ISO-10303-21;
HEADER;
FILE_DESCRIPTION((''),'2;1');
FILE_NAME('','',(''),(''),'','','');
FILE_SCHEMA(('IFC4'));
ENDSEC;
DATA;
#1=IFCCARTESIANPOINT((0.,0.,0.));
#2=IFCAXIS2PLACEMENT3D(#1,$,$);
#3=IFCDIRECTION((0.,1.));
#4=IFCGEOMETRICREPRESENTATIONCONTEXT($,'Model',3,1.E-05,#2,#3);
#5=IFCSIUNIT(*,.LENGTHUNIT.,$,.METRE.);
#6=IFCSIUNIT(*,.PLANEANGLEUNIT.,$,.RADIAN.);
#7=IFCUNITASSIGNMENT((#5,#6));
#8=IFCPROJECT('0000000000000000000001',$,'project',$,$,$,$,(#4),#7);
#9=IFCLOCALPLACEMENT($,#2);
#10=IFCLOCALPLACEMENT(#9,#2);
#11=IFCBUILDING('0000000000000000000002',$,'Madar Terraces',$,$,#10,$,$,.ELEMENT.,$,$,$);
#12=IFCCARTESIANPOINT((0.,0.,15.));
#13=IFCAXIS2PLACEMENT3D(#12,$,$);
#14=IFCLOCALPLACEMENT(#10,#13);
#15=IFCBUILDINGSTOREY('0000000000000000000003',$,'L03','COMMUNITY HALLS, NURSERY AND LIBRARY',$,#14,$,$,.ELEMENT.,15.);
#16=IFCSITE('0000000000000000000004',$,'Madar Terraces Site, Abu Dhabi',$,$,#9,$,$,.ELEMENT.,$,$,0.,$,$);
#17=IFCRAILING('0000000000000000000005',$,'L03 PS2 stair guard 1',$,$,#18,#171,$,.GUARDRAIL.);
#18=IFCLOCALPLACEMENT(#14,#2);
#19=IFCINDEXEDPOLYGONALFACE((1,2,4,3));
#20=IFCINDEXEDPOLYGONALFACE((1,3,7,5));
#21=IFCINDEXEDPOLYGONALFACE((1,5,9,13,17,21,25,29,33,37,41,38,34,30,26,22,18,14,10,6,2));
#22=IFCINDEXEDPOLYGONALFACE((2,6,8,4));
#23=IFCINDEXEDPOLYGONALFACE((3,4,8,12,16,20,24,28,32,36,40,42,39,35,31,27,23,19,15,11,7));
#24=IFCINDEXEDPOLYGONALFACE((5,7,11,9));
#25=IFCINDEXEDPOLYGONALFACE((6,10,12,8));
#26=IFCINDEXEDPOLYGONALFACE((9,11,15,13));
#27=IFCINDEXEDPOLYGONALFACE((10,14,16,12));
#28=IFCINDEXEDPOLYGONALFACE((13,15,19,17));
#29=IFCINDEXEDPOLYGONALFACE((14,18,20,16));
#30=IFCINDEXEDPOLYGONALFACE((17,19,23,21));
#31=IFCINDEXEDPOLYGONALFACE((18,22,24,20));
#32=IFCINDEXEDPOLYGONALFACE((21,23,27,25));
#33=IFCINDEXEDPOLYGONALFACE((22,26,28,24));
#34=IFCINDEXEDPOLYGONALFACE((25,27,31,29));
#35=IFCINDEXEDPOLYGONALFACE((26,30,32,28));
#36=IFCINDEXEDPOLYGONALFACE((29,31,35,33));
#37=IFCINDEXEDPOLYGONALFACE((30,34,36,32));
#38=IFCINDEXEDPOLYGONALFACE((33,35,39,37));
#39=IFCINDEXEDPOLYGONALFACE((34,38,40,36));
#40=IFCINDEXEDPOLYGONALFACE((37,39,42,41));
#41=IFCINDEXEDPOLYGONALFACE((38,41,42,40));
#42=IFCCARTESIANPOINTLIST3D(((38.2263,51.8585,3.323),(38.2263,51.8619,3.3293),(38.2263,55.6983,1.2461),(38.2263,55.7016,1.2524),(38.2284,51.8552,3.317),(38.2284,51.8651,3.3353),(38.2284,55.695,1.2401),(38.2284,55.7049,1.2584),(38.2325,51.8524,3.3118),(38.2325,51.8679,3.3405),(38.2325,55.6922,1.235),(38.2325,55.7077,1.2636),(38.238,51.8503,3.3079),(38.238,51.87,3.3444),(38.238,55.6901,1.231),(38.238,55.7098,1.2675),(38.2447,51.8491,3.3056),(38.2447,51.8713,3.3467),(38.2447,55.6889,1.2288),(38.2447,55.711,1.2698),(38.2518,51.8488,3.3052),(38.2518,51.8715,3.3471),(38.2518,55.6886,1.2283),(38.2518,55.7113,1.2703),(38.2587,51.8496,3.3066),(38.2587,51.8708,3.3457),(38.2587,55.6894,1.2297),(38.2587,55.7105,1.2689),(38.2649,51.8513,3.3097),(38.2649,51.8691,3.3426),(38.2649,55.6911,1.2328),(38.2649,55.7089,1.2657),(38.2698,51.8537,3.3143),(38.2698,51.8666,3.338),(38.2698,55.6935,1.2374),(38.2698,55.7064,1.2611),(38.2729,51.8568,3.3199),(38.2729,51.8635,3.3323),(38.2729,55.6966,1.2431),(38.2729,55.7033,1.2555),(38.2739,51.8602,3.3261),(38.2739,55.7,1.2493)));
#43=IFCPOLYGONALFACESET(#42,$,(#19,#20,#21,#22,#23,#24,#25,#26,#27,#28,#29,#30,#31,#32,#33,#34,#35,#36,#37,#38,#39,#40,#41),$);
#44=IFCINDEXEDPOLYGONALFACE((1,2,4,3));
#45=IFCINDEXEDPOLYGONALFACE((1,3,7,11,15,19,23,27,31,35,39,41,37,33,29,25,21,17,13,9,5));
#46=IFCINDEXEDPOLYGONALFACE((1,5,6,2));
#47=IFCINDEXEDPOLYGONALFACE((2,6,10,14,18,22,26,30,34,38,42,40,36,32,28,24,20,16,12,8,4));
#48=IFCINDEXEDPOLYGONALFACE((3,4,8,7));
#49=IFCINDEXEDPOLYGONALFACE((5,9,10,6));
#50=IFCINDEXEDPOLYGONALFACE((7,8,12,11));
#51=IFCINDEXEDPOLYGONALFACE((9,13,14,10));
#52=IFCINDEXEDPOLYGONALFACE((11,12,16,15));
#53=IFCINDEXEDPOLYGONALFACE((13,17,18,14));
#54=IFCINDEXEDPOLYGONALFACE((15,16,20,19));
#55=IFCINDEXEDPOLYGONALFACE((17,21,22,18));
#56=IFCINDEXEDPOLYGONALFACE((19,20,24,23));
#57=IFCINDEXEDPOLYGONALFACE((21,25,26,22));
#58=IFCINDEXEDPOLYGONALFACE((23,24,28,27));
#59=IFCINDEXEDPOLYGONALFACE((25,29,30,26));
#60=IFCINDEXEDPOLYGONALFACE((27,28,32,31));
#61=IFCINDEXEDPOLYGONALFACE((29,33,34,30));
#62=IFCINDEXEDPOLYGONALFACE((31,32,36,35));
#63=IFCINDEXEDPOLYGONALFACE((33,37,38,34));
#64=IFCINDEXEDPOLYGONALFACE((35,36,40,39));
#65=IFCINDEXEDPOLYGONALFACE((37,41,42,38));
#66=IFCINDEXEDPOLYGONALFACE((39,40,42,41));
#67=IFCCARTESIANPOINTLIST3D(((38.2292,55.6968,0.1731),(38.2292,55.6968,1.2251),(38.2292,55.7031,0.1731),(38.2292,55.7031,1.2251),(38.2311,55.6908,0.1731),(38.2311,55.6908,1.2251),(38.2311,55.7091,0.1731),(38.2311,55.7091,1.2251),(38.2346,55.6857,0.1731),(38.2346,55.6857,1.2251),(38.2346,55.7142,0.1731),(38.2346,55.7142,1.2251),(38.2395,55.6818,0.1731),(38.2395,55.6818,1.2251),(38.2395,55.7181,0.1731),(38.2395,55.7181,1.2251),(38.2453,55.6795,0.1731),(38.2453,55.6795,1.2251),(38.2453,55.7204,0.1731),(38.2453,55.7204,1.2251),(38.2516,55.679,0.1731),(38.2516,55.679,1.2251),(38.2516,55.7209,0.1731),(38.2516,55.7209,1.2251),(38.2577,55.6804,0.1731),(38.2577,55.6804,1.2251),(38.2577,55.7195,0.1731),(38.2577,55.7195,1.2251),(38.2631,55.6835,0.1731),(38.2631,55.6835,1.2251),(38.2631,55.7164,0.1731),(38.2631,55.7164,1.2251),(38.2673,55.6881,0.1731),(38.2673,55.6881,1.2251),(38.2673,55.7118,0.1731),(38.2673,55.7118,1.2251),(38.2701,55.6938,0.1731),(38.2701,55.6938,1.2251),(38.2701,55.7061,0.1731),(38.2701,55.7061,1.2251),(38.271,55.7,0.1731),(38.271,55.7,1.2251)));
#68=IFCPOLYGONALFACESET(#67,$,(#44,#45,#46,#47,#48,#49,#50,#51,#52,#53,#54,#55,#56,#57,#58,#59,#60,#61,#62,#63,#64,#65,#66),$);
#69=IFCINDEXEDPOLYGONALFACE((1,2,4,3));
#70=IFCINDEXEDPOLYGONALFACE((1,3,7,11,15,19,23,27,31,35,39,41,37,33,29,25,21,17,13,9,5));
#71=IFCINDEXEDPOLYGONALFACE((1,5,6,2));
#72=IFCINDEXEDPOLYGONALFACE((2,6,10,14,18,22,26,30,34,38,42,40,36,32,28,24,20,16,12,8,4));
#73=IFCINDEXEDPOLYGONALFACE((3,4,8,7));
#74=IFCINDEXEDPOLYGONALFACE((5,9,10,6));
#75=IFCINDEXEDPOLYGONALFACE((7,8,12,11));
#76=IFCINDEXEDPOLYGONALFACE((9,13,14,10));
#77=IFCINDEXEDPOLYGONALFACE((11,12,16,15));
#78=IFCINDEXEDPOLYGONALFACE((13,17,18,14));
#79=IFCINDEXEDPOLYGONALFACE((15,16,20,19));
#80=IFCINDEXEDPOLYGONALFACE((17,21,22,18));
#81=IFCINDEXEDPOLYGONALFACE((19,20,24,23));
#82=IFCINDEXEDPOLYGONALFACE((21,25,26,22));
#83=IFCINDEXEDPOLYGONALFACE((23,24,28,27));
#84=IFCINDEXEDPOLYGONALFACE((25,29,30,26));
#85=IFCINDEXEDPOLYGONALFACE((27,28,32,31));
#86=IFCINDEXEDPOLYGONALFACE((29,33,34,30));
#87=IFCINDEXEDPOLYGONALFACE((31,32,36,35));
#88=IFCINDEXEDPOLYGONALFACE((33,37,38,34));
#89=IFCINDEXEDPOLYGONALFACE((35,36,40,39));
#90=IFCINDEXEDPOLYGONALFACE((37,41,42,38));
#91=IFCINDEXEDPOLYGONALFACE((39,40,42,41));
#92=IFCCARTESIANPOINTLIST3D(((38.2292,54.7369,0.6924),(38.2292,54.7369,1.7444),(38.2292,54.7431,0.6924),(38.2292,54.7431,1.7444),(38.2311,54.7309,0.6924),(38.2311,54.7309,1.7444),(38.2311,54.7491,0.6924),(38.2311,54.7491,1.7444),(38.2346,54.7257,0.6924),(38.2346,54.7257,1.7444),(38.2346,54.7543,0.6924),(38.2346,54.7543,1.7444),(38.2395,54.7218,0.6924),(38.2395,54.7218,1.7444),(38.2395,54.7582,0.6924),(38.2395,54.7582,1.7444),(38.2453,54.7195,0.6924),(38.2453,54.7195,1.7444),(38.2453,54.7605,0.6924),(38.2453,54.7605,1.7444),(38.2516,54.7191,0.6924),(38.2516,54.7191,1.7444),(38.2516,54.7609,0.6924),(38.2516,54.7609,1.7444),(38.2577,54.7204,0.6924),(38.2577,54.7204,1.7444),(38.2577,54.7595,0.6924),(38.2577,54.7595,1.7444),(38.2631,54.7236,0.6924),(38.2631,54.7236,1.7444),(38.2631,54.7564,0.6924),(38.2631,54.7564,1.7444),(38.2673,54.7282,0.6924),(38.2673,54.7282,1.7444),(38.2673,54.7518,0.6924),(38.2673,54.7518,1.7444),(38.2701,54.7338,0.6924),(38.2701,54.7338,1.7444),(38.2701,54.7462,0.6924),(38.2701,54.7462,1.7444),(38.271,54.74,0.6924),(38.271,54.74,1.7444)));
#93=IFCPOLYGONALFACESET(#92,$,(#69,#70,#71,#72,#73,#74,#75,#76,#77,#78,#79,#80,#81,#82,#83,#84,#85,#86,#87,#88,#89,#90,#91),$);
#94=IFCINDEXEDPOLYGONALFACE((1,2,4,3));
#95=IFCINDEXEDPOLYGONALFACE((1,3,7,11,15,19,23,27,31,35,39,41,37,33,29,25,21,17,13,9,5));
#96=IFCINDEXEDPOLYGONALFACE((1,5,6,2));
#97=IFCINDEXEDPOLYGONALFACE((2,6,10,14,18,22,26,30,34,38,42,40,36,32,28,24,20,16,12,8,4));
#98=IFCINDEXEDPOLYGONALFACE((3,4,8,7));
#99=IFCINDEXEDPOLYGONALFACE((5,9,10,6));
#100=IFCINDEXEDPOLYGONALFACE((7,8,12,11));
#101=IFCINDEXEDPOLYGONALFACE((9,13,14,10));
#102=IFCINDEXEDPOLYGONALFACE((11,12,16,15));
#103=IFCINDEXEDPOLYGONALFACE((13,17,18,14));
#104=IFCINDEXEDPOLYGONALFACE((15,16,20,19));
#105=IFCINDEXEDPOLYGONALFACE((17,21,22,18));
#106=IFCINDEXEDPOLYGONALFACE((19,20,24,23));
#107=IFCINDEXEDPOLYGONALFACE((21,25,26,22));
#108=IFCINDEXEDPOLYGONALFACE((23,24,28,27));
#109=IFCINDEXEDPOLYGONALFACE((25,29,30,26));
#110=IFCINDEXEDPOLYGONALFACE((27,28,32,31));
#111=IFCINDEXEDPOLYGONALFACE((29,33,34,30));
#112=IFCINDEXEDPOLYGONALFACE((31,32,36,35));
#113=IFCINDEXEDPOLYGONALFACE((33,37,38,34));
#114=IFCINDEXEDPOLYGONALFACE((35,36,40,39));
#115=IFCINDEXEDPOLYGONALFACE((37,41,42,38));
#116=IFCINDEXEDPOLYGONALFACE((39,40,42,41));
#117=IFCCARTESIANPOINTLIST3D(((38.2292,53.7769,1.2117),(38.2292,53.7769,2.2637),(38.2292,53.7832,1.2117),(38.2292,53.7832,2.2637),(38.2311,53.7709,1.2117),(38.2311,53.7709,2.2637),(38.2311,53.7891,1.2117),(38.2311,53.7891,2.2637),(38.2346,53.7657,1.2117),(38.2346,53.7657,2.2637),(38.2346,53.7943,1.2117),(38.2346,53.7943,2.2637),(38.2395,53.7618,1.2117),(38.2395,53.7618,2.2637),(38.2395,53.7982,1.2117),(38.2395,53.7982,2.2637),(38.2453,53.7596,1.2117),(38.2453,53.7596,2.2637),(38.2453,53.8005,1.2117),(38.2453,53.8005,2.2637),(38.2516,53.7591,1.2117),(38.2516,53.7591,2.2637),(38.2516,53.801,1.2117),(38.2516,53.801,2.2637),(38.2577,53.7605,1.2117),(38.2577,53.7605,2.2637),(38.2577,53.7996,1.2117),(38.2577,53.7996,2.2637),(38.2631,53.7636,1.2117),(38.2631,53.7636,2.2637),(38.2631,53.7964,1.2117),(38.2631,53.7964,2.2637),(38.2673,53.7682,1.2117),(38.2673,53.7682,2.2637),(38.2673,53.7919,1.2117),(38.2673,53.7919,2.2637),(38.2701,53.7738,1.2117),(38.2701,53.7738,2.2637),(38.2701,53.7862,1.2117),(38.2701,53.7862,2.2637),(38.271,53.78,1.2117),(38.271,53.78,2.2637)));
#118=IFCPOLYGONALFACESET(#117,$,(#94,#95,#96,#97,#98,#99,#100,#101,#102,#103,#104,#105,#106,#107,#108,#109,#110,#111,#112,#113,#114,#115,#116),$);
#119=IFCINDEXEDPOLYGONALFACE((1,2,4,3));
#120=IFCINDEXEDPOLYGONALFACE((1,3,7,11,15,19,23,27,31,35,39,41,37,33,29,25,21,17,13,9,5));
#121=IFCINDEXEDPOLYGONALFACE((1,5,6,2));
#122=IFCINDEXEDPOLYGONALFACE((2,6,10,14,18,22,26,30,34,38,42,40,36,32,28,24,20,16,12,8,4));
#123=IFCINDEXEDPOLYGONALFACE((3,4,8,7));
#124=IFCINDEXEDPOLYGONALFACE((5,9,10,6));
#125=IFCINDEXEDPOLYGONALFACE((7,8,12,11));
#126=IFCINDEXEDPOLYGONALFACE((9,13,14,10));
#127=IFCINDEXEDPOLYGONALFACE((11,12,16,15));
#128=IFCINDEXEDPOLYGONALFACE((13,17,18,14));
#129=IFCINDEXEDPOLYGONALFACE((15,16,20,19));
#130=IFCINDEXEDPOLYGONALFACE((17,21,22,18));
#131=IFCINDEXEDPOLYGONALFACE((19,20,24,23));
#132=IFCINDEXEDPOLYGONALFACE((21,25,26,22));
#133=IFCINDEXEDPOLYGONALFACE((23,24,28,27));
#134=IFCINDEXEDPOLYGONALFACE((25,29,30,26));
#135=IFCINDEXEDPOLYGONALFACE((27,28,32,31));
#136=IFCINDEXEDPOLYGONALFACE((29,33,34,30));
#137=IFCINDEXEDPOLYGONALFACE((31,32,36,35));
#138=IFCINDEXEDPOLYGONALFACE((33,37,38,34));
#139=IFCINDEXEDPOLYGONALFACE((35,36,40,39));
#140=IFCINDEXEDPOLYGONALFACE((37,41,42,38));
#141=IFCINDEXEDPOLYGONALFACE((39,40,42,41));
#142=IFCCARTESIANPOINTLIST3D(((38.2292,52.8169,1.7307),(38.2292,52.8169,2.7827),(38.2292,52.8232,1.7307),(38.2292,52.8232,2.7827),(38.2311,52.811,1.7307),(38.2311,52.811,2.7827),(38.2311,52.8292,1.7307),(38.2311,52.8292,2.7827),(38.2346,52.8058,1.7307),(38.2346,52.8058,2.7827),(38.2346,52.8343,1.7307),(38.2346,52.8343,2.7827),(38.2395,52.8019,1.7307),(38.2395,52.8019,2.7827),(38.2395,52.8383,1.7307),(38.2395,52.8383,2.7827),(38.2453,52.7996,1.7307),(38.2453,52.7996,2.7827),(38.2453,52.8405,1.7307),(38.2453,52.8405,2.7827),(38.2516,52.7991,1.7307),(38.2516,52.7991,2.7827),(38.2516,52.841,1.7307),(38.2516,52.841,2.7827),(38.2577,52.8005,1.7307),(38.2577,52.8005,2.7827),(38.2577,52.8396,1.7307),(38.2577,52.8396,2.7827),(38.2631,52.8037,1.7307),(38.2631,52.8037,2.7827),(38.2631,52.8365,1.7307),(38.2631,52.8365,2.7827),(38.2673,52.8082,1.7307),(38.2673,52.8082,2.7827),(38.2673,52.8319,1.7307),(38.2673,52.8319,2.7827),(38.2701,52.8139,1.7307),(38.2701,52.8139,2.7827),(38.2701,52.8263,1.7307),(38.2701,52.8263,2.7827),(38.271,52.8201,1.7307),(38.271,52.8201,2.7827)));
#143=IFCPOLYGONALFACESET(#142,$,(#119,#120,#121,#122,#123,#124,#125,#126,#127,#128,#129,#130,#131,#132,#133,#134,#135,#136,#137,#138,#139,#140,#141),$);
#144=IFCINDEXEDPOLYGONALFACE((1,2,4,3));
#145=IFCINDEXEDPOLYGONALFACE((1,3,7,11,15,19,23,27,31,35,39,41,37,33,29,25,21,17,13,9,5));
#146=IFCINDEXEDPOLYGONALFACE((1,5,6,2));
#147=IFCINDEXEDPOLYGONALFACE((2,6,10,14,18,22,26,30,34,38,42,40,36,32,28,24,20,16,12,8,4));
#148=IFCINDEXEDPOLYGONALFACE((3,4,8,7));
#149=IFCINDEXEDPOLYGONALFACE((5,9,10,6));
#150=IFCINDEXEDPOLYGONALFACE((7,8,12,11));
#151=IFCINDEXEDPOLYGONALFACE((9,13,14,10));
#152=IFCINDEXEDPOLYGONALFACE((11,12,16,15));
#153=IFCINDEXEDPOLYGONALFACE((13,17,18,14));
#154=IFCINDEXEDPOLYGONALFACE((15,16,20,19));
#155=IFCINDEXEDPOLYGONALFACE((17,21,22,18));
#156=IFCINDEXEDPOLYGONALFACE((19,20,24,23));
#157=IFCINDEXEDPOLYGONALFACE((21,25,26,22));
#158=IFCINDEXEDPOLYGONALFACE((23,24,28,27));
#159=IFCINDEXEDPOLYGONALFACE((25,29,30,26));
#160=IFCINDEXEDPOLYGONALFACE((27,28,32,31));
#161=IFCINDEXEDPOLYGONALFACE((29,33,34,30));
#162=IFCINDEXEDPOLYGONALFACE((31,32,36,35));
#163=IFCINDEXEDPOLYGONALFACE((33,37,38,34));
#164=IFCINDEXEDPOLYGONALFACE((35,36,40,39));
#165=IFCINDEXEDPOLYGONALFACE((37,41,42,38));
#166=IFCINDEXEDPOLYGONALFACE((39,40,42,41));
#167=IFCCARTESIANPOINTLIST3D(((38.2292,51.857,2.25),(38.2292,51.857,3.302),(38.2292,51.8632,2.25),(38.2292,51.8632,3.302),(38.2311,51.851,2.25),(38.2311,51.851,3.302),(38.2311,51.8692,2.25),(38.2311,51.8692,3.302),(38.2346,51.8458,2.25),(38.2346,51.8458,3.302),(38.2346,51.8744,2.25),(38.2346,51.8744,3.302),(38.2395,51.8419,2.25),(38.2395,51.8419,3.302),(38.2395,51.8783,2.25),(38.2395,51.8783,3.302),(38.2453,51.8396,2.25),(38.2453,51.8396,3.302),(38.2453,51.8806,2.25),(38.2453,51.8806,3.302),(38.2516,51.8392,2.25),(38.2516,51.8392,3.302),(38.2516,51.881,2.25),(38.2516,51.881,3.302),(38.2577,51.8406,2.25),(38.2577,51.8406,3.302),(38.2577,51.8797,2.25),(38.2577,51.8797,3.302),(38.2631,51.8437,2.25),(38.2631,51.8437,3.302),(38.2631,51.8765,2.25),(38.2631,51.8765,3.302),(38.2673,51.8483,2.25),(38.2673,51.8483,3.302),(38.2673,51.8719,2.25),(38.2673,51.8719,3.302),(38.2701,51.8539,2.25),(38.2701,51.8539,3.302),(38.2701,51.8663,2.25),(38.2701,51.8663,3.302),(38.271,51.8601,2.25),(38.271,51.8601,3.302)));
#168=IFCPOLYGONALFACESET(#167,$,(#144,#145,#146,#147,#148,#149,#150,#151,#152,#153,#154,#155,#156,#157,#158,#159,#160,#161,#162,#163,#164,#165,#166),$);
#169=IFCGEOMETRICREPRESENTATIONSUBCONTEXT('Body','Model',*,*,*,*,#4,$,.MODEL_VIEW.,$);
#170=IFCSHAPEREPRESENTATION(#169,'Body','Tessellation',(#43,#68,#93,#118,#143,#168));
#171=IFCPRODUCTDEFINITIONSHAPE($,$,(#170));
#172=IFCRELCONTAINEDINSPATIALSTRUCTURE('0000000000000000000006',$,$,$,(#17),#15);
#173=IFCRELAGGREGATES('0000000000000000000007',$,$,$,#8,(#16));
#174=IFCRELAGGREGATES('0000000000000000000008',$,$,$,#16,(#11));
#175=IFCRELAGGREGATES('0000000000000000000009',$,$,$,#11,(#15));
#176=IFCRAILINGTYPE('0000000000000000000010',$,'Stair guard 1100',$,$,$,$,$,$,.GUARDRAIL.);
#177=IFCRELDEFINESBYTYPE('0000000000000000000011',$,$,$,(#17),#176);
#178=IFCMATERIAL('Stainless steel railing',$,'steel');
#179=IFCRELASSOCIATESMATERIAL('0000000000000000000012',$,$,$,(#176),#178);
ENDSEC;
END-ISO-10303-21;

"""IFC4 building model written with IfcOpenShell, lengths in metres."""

from ifc_helpers import new_model, si_unit, direction, frame, origin, origin_2d, place, context, subcontext, project, spatial, circle, extrude, material, type_object, element, save


model = new_model("IFC4")

# Units and contexts
model_context = context("Model", 3, precision=1e-05, world=origin(), true_north=direction((0.0, 1.0)))
body_context = subcontext(model_context, "Body", "Model", "MODEL_VIEW")
ifc_project = project(units=[si_unit("LENGTHUNIT", "METRE"), si_unit("PLANEANGLEUNIT", "RADIAN")], contexts=[model_context])

# Site, building, storey
site_placement = place(None, origin())
site = spatial("IfcSite", under=ifc_project, at=site_placement, Name="Madar Terraces Site, Abu Dhabi", CompositionType="ELEMENT", RefElevation=0.0)
building_placement = place(site_placement, origin())
building = spatial("IfcBuilding", under=site, at=building_placement, Name="Madar Terraces", CompositionType="ELEMENT")
storey_placement = place(building_placement, frame((0.0, 0.0, 15.0)))
storey = spatial("IfcBuildingStorey", under=building, at=storey_placement, Name="L03", Description="COMMUNITY HALLS, NURSERY AND LIBRARY", CompositionType="ELEMENT", Elevation=15.0)

# Railing
ifc_material_1 = material(Name="Stainless steel railing", Category="steel")
railing_type_1 = type_object("IfcRailingType", Name="Stair guard 1100", PredefinedType="GUARDRAIL", material=ifc_material_1)
railing_1_placement = place(storey_placement, frame((38.25, 55.7, 0.1731)))
element("IfcRailing", 1, at=railing_1_placement, inside=storey, type_object=railing_type_1, Name="L03 PS2 stair guard 1", PredefinedType="GUARDRAIL", context=body_context, shape_type="SweptSolid", body=[
    extrude(circle(Radius=0.0239, at=origin_2d()), frame((0.0, 0.0, 1.0762), z_axis=(0.0, -0.879581, 0.47575), x_axis=(1.0, 0.0, 0.0)), (0.0, 0.0, 1.0), 4.3655),
    extrude(circle(Radius=0.021, at=origin_2d()), origin(), (0.0, 0.0, 1.0), 1.052),
    extrude(circle(Radius=0.021, at=origin_2d()), frame((0.0, -0.96, 0.5193)), (0.0, 0.0, 1.0), 1.052),
    extrude(circle(Radius=0.021, at=origin_2d()), frame((0.0, -1.9199, 1.0386)), (0.0, 0.0, 1.0), 1.052),
    extrude(circle(Radius=0.021, at=origin_2d()), frame((0.0, -2.8799, 1.5576)), (0.0, 0.0, 1.0), 1.052),
    extrude(circle(Radius=0.021, at=origin_2d()), frame((0.0, -3.8398, 2.0769)), (0.0, 0.0, 1.0), 1.052),
])

save(model, "model.ifc")
